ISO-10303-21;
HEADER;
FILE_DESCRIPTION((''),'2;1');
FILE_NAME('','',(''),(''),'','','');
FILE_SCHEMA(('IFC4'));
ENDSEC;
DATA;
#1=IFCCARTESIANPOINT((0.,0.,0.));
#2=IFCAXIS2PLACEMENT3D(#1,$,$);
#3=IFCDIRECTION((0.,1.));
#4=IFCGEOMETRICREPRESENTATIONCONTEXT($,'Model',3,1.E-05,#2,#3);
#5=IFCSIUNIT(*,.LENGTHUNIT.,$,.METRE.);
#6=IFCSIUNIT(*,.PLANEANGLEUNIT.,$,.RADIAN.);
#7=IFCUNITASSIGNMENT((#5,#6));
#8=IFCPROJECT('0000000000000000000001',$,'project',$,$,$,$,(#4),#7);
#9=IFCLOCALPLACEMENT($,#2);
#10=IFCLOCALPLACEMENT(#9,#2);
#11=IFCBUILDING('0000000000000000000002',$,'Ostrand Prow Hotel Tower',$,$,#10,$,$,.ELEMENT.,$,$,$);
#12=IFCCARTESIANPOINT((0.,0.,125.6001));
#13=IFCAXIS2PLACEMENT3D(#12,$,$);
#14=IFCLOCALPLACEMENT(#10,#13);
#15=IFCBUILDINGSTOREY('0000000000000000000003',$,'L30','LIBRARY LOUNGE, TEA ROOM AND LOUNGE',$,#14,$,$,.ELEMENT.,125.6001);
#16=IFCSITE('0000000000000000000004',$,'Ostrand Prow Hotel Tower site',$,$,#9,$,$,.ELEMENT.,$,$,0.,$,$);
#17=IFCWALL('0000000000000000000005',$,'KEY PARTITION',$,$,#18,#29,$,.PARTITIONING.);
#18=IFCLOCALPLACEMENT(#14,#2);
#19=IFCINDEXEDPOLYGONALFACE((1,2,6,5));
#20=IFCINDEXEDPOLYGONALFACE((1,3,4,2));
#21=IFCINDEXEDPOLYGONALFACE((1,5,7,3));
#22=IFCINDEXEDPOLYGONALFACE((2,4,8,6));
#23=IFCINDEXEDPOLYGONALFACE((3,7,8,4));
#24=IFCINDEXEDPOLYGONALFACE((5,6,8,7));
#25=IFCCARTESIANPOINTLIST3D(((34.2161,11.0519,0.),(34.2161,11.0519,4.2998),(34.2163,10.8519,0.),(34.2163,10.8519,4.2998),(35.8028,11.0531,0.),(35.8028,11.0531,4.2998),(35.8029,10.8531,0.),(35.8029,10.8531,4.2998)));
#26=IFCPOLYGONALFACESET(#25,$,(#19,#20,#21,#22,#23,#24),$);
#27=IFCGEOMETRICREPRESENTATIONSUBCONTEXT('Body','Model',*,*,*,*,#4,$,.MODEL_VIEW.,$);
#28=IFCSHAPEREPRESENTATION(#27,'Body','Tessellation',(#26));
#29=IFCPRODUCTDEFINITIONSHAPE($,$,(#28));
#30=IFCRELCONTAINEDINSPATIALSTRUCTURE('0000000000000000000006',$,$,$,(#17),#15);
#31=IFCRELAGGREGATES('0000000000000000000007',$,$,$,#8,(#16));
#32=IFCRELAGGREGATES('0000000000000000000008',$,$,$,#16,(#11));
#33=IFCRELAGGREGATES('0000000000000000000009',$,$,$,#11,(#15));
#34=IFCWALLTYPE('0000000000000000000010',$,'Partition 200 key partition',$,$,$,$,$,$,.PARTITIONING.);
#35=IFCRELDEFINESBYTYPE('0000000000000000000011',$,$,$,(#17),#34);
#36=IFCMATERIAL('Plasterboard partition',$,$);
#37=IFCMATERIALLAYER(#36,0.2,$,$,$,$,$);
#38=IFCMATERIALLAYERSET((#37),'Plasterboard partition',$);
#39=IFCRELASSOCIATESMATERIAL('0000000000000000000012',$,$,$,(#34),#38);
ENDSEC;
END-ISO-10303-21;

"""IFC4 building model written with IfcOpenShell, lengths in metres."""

from ifc_helpers import new_model, si_unit, direction, frame, frame_2d, origin, place, context, subcontext, project, spatial, rectangle, extrude, material, layer, layer_set, type_object, element, save


model = new_model("IFC4")

# Units and contexts
model_context = context("Model", 3, precision=1e-05, world=origin(), true_north=direction((0.0, 1.0)))
body_context = subcontext(model_context, "Body", "Model", "MODEL_VIEW")
ifc_project = project(units=[si_unit("LENGTHUNIT", "METRE"), si_unit("PLANEANGLEUNIT", "RADIAN")], contexts=[model_context])

# Site, building, storey
site_placement = place(None, origin())
site = spatial("IfcSite", under=ifc_project, at=site_placement, Name="Ostrand Prow Hotel Tower site", CompositionType="ELEMENT", RefElevation=0.0)
building_placement = place(site_placement, origin())
building = spatial("IfcBuilding", under=site, at=building_placement, Name="Ostrand Prow Hotel Tower", CompositionType="ELEMENT")
storey_placement = place(building_placement, frame((0.0, 0.0, 125.6001)))
storey = spatial("IfcBuildingStorey", under=building, at=storey_placement, Name="L30", Description="LIBRARY LOUNGE, TEA ROOM AND LOUNGE", CompositionType="ELEMENT", Elevation=125.6001)

# Wall
ifc_material_1 = material(Name="Plasterboard partition")
ifc_layer_1 = layer(ifc_material_1, 0.2)
ifc_layer_set_1 = layer_set([ifc_layer_1], Name="Plasterboard partition")
wall_type_1 = type_object("IfcWallType", Name="Partition 200 key partition", PredefinedType="PARTITIONING", material=ifc_layer_set_1)
wall_1_placement = place(storey_placement, frame((34.2161, 10.9519, 0.0), z_axis=(0.0, 0.0, 1.0), x_axis=(1.0, 0.000769, 0.0)))
element("IfcWall", 1, at=wall_1_placement, inside=storey, type_object=wall_type_1, Name="KEY PARTITION", PredefinedType="PARTITIONING", context=body_context, shape_type="SweptSolid", body=[
    extrude(rectangle(XDim=1.5867, YDim=0.2, at=frame_2d((0.7935, 0.0))), origin(), (0.0, 0.0, 1.0), 4.2998),
])

save(model, "model.ifc")
